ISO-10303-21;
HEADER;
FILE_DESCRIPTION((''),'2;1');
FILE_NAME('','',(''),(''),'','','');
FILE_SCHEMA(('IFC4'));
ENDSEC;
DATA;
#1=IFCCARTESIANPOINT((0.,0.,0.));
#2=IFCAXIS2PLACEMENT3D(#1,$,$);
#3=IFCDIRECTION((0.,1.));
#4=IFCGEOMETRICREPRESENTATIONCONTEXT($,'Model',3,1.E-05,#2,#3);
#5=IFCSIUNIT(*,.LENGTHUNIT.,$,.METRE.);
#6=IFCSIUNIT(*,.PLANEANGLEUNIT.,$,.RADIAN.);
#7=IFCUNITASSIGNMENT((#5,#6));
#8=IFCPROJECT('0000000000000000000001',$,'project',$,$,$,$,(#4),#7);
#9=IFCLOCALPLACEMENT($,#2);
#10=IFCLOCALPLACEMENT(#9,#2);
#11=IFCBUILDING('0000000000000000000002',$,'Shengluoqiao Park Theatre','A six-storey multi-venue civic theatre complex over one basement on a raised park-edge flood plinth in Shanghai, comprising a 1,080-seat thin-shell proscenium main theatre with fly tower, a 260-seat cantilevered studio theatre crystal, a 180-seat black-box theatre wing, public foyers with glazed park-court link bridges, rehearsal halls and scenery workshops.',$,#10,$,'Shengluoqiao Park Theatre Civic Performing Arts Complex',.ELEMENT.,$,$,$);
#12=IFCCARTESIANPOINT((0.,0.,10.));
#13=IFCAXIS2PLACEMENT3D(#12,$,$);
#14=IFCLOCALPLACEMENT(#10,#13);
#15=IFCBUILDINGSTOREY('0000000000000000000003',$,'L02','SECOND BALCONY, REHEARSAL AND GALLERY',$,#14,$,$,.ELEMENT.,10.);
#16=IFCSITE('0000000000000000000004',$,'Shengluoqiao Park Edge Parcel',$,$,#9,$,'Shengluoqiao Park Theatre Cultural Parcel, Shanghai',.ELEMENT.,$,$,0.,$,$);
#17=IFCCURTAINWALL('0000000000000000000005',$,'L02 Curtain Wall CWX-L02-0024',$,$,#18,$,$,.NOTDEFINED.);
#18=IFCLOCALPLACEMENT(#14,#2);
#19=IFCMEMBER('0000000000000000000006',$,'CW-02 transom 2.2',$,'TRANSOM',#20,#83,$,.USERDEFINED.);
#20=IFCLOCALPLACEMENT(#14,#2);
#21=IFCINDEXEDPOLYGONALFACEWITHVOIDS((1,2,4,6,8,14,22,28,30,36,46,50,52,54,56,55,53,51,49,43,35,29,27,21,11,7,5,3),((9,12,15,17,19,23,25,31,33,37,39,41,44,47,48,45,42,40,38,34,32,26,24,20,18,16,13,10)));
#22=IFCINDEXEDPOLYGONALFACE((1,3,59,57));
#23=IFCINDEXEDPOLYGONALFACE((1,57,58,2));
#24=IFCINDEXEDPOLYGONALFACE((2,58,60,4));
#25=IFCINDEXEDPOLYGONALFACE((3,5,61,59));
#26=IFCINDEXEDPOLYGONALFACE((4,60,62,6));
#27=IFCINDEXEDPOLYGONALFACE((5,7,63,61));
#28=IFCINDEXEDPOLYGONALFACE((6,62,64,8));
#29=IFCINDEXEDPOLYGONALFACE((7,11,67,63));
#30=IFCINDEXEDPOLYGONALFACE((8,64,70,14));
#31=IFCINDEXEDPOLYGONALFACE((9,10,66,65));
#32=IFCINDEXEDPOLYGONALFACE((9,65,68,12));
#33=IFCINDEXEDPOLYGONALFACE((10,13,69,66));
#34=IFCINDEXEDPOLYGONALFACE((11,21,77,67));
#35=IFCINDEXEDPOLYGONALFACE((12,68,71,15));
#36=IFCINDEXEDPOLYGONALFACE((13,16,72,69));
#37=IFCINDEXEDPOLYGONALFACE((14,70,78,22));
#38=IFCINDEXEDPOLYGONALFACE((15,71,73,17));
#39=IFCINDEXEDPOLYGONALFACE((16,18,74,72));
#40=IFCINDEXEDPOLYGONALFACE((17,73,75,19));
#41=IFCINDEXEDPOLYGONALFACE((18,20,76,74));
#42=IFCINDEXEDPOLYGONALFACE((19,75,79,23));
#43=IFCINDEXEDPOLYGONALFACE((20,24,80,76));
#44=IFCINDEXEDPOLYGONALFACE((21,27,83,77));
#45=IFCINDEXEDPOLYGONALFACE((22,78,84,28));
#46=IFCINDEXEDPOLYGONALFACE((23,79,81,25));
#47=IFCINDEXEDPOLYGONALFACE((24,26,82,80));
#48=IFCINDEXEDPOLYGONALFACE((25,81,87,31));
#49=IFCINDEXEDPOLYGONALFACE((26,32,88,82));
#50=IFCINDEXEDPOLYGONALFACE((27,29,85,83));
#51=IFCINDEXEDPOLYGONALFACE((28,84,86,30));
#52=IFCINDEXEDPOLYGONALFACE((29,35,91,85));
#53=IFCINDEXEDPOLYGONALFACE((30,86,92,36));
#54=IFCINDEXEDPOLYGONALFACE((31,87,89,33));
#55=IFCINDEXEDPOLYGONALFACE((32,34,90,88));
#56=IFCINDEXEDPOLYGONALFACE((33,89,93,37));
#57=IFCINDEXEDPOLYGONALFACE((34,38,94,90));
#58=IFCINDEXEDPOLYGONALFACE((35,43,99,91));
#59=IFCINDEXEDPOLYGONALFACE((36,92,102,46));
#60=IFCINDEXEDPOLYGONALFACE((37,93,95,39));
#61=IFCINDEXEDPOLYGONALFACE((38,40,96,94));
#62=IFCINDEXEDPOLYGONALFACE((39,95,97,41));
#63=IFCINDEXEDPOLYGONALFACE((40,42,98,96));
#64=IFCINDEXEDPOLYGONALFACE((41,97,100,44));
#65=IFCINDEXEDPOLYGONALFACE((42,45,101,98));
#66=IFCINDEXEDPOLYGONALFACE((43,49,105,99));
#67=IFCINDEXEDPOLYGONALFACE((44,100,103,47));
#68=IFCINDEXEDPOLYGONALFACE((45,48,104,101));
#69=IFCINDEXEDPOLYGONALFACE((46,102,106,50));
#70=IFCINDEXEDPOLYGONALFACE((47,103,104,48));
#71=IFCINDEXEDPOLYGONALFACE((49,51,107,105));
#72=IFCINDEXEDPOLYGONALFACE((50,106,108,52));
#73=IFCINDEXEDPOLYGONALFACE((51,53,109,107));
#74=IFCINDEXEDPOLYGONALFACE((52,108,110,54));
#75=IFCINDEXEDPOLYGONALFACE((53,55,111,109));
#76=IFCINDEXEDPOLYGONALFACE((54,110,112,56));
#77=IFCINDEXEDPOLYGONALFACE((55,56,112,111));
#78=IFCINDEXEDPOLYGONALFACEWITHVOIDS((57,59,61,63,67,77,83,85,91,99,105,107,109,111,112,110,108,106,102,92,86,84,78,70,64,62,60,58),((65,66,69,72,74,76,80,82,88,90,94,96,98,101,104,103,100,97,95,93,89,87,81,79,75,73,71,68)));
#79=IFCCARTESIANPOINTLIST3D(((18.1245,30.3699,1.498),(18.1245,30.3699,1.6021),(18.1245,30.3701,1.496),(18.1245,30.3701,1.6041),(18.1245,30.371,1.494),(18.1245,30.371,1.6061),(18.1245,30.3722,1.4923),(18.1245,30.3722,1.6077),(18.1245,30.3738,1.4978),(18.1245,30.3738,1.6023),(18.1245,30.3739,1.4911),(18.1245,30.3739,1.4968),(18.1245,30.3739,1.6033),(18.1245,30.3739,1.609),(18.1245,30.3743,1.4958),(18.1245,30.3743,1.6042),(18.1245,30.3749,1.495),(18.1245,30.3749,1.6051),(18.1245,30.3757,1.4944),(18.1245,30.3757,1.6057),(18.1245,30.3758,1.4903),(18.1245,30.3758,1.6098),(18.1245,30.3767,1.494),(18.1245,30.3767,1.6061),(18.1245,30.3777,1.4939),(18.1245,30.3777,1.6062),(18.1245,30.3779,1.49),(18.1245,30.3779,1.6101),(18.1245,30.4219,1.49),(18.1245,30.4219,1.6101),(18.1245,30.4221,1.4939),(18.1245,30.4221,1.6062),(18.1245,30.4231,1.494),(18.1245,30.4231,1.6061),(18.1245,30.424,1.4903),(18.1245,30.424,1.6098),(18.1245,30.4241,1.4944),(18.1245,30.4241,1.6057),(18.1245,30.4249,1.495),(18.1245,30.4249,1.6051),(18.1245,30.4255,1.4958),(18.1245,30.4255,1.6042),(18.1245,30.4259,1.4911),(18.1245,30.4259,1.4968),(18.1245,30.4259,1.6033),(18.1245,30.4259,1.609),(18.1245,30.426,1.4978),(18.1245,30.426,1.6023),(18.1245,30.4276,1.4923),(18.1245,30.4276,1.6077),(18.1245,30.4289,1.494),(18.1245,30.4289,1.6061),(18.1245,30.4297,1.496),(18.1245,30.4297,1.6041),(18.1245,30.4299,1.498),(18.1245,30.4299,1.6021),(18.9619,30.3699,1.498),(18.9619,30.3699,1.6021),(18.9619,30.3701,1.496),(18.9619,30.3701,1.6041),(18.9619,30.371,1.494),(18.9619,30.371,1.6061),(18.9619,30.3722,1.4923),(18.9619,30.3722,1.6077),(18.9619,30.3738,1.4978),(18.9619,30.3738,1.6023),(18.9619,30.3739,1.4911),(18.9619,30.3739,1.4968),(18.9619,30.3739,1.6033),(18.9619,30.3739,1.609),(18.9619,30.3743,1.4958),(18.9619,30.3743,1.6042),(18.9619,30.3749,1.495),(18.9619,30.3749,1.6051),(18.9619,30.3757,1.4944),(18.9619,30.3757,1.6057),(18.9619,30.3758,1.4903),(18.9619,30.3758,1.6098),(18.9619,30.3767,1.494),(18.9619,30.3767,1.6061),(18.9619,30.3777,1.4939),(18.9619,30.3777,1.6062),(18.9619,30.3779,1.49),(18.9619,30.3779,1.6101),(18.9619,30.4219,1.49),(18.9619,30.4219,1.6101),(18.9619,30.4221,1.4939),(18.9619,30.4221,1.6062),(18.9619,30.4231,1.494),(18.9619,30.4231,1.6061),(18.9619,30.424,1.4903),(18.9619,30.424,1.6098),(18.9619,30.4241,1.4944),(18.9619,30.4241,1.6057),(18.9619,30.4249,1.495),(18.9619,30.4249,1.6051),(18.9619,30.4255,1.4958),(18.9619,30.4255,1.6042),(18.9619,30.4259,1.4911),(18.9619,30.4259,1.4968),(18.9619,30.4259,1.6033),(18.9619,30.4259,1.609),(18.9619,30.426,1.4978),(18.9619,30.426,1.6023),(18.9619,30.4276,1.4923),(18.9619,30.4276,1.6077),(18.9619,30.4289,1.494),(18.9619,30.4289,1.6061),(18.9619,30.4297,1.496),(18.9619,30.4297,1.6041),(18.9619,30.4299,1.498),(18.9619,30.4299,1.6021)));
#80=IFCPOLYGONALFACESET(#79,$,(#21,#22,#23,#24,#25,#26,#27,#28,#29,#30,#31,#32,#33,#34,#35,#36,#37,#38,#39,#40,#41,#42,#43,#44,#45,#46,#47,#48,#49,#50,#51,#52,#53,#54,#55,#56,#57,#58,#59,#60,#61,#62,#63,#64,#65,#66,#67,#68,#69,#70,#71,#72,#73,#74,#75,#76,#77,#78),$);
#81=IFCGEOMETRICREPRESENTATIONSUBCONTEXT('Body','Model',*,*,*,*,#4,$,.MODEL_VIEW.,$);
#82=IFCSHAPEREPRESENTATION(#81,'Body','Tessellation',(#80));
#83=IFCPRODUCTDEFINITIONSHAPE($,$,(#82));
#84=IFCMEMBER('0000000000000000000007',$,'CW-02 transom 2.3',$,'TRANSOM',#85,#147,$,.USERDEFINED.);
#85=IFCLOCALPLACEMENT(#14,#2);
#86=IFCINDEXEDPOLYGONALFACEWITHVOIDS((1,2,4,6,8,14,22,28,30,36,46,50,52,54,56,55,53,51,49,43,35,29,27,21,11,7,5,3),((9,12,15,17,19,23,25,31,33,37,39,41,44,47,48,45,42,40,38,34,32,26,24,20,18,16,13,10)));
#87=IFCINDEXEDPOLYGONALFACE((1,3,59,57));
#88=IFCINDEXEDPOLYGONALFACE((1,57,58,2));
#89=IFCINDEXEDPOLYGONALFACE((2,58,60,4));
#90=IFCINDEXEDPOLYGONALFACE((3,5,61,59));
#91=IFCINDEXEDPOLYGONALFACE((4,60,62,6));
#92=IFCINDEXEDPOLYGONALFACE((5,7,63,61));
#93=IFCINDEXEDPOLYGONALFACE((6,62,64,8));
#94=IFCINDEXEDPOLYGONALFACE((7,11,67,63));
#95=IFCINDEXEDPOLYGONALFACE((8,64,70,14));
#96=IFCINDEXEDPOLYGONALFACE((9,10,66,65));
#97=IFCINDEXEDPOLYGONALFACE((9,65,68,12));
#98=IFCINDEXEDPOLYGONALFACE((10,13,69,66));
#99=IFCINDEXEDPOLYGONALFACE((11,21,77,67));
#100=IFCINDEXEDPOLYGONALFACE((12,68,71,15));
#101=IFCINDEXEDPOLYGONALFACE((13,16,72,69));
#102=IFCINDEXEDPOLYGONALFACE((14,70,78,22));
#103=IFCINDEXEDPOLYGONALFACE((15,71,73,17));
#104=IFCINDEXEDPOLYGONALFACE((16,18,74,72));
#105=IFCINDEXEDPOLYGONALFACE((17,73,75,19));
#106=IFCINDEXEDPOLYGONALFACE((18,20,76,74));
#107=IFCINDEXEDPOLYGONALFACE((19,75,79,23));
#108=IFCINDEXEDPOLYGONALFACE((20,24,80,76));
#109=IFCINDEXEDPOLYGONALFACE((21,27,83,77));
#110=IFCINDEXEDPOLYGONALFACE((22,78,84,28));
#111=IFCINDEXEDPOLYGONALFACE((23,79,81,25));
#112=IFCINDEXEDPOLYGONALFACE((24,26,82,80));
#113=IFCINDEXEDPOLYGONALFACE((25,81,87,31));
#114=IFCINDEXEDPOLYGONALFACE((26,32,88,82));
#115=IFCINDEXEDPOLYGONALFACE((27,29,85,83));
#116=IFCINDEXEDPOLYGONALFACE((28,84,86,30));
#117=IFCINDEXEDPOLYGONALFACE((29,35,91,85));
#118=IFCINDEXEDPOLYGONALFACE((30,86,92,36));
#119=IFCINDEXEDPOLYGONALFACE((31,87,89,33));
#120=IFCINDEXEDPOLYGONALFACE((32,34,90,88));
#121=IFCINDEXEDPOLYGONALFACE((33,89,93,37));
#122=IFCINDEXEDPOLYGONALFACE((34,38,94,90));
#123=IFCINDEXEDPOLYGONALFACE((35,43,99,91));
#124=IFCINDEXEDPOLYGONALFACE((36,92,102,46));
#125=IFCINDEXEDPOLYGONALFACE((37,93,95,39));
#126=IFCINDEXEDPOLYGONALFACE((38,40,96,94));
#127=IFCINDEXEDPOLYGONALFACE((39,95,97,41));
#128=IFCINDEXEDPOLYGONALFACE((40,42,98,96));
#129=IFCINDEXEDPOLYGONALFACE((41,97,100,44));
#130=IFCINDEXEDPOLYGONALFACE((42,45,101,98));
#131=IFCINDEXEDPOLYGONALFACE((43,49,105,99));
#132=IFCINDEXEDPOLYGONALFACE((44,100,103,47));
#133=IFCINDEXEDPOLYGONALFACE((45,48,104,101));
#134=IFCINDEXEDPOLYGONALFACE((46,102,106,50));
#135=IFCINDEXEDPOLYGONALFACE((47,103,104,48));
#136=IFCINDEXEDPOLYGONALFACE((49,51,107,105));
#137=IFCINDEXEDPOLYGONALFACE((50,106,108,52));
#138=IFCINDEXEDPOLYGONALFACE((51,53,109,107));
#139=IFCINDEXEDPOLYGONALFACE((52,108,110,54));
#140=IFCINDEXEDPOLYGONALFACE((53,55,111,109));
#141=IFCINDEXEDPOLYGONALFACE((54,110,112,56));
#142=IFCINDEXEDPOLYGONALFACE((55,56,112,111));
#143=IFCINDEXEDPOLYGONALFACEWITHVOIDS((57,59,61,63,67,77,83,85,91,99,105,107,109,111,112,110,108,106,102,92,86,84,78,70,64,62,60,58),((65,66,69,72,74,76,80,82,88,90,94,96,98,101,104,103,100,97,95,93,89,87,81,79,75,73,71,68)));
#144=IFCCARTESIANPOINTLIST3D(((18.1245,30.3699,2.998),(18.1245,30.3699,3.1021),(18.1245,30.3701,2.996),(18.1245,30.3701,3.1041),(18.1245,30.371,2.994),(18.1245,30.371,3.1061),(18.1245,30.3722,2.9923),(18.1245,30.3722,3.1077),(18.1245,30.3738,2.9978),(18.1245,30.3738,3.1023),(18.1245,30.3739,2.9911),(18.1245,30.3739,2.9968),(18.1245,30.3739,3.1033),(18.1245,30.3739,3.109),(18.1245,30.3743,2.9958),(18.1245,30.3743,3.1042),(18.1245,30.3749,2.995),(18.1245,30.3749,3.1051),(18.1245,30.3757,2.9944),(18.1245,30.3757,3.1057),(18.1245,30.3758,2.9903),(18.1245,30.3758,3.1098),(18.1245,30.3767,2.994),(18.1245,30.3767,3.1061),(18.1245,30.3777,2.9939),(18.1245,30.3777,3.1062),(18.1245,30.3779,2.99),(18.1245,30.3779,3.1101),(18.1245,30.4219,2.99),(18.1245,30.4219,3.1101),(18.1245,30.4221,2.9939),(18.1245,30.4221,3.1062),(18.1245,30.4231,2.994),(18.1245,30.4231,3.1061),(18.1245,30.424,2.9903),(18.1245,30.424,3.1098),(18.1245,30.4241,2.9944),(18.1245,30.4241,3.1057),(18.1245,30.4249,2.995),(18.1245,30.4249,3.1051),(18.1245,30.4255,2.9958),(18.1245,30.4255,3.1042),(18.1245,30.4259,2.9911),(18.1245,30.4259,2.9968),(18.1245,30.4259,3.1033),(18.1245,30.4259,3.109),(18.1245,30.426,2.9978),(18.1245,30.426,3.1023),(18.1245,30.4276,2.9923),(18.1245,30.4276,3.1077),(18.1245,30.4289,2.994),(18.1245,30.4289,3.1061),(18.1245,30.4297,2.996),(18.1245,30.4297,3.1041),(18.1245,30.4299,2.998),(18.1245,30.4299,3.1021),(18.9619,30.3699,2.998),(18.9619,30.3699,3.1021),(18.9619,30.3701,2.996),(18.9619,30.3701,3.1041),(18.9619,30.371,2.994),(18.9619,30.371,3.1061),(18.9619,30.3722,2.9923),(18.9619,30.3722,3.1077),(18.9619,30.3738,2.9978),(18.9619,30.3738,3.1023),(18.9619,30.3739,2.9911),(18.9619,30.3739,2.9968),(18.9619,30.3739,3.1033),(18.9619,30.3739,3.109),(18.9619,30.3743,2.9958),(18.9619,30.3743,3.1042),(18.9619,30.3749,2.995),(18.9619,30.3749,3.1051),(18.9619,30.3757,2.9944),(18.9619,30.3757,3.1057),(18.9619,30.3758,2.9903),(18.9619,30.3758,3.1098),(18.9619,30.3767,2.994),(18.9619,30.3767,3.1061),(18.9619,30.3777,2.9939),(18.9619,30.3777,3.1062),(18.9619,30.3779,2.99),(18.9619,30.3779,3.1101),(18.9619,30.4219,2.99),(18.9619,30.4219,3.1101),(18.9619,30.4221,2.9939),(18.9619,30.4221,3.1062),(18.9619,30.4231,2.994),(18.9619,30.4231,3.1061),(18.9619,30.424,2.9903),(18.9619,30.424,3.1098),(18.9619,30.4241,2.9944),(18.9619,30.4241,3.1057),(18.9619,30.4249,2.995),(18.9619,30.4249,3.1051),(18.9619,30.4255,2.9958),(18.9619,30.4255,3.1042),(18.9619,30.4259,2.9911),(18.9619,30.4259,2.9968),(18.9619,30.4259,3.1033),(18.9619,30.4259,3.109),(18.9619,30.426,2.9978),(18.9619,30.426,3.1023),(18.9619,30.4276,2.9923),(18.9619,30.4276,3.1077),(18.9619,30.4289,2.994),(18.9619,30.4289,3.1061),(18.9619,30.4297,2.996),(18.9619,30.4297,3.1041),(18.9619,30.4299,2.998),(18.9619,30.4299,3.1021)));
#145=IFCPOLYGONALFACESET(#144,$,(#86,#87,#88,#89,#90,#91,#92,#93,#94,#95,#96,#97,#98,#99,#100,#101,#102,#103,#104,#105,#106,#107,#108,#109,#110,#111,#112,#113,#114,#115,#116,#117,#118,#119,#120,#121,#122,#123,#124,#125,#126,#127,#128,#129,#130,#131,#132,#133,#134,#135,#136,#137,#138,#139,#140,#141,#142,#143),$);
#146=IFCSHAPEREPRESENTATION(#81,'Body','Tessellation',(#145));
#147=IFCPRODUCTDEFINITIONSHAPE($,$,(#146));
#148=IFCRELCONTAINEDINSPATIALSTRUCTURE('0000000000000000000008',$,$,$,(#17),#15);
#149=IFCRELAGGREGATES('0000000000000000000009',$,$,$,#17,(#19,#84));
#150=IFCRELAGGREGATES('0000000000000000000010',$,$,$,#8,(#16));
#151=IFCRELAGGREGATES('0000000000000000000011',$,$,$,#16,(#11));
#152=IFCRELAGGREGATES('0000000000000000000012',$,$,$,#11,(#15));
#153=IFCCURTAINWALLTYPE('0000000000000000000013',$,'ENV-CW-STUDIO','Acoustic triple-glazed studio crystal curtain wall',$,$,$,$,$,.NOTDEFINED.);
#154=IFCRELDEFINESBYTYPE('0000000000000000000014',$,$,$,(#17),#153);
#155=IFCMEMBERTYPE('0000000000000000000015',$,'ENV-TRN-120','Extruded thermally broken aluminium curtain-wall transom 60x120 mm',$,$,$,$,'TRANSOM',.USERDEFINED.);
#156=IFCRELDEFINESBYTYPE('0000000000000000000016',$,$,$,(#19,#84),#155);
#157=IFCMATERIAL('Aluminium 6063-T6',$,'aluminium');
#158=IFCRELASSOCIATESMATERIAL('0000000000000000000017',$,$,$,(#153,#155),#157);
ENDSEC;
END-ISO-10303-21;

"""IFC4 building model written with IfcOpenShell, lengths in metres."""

from ifc_helpers import new_model, si_unit, direction, frame, origin, origin_2d, place, context, subcontext, project, spatial, hollow_rectangle, extrude, material, material_profile, profile_set, type_object, element, aggregate, save


model = new_model("IFC4")

# Units and contexts
model_context = context("Model", 3, precision=1e-05, world=origin(), true_north=direction((0.0, 1.0)))
body_context = subcontext(model_context, "Body", "Model", "MODEL_VIEW")
ifc_project = project(units=[si_unit("LENGTHUNIT", "METRE"), si_unit("PLANEANGLEUNIT", "RADIAN")], contexts=[model_context])

# Site, building, storey
site_placement = place(None, origin())
site = spatial("IfcSite", under=ifc_project, at=site_placement, Name="Shengluoqiao Park Edge Parcel", LongName="Shengluoqiao Park Theatre Cultural Parcel, Shanghai", CompositionType="ELEMENT", RefElevation=0.0)
building_placement = place(site_placement, origin())
building = spatial("IfcBuilding", under=site, at=building_placement, Name="Shengluoqiao Park Theatre", Description="A six-storey multi-venue civic theatre complex over one basement on a raised park-edge flood plinth in Shanghai, comprising a 1,080-seat thin-shell proscenium main theatre with fly tower, a 260-seat cantilevered studio theatre crystal, a 180-seat black-box theatre wing, public foyers with glazed park-court link bridges, rehearsal halls and scenery workshops.", LongName="Shengluoqiao Park Theatre Civic Performing Arts Complex", CompositionType="ELEMENT")
storey_placement = place(building_placement, frame((0.0, 0.0, 10.0)))
storey = spatial("IfcBuildingStorey", under=building, at=storey_placement, Name="L02", Description="SECOND BALCONY, REHEARSAL AND GALLERY", CompositionType="ELEMENT", Elevation=10.0)

# Shared definitions
ifc_material_1 = material(Name="Aluminium 6063-T6", Category="aluminium")
curtain_wall_type = type_object("IfcCurtainWallType", Name="ENV-CW-STUDIO", Description="Acoustic triple-glazed studio crystal curtain wall", PredefinedType="NOTDEFINED", material=ifc_material_1)

# Curtain wall
curtain_wall_1_placement = place(storey_placement, origin())
curtain_wall_1 = element("IfcCurtainWall", 1, at=curtain_wall_1_placement, inside=storey, type_object=curtain_wall_type, Name="L02 Curtain Wall CWX-L02-0024", PredefinedType="NOTDEFINED")

# Members
ifc_material_profile_1 = material_profile(ifc_material_1, hollow_rectangle(XDim=0.0601, YDim=0.1201, WallThickness=0.0039, InnerFilletRadius=0.0039, OuterFilletRadius=0.0081, at=origin_2d()), Name="ALU TRANSOM 120x60x4")
ifc_profile_set_1 = profile_set([ifc_material_profile_1], Name="Aluminium 6063-T6")
member_type_1 = type_object("IfcMemberType", Name="ENV-TRN-120", Description="Extruded thermally broken aluminium curtain-wall transom 60x120 mm", ElementType="TRANSOM", PredefinedType="USERDEFINED", material=ifc_profile_set_1)
member_1_placement = place(storey_placement, frame((18.1245, 30.3999, 1.55), z_axis=(1.0, 0.0, 0.0), x_axis=(0.0, 1.0, 0.0)))
member_1 = element("IfcMember", 2, at=member_1_placement, type_object=member_type_1, Name="CW-02 transom 2.2", ObjectType="TRANSOM", PredefinedType="USERDEFINED", context=body_context, shape_type="SweptSolid", body=[
    extrude(hollow_rectangle(XDim=0.0601, YDim=0.1201, WallThickness=0.0039, InnerFilletRadius=0.0039, OuterFilletRadius=0.0081, at=origin_2d()), origin(), (0.0, 0.0, 1.0), 0.8374),
])
member_2_placement = place(storey_placement, frame((18.1245, 30.3999, 3.05), z_axis=(1.0, 0.0, 0.0), x_axis=(0.0, 1.0, 0.0)))
member_2 = element("IfcMember", 3, at=member_2_placement, type_object=member_type_1, Name="CW-02 transom 2.3", ObjectType="TRANSOM", PredefinedType="USERDEFINED", context=body_context, shape_type="SweptSolid", body=[
    extrude(hollow_rectangle(XDim=0.0601, YDim=0.1201, WallThickness=0.0039, InnerFilletRadius=0.0039, OuterFilletRadius=0.0081, at=origin_2d()), origin(), (0.0, 0.0, 1.0), 0.8374),
])

aggregate(curtain_wall_1, [member_1, member_2])

save(model, "model.ifc")
